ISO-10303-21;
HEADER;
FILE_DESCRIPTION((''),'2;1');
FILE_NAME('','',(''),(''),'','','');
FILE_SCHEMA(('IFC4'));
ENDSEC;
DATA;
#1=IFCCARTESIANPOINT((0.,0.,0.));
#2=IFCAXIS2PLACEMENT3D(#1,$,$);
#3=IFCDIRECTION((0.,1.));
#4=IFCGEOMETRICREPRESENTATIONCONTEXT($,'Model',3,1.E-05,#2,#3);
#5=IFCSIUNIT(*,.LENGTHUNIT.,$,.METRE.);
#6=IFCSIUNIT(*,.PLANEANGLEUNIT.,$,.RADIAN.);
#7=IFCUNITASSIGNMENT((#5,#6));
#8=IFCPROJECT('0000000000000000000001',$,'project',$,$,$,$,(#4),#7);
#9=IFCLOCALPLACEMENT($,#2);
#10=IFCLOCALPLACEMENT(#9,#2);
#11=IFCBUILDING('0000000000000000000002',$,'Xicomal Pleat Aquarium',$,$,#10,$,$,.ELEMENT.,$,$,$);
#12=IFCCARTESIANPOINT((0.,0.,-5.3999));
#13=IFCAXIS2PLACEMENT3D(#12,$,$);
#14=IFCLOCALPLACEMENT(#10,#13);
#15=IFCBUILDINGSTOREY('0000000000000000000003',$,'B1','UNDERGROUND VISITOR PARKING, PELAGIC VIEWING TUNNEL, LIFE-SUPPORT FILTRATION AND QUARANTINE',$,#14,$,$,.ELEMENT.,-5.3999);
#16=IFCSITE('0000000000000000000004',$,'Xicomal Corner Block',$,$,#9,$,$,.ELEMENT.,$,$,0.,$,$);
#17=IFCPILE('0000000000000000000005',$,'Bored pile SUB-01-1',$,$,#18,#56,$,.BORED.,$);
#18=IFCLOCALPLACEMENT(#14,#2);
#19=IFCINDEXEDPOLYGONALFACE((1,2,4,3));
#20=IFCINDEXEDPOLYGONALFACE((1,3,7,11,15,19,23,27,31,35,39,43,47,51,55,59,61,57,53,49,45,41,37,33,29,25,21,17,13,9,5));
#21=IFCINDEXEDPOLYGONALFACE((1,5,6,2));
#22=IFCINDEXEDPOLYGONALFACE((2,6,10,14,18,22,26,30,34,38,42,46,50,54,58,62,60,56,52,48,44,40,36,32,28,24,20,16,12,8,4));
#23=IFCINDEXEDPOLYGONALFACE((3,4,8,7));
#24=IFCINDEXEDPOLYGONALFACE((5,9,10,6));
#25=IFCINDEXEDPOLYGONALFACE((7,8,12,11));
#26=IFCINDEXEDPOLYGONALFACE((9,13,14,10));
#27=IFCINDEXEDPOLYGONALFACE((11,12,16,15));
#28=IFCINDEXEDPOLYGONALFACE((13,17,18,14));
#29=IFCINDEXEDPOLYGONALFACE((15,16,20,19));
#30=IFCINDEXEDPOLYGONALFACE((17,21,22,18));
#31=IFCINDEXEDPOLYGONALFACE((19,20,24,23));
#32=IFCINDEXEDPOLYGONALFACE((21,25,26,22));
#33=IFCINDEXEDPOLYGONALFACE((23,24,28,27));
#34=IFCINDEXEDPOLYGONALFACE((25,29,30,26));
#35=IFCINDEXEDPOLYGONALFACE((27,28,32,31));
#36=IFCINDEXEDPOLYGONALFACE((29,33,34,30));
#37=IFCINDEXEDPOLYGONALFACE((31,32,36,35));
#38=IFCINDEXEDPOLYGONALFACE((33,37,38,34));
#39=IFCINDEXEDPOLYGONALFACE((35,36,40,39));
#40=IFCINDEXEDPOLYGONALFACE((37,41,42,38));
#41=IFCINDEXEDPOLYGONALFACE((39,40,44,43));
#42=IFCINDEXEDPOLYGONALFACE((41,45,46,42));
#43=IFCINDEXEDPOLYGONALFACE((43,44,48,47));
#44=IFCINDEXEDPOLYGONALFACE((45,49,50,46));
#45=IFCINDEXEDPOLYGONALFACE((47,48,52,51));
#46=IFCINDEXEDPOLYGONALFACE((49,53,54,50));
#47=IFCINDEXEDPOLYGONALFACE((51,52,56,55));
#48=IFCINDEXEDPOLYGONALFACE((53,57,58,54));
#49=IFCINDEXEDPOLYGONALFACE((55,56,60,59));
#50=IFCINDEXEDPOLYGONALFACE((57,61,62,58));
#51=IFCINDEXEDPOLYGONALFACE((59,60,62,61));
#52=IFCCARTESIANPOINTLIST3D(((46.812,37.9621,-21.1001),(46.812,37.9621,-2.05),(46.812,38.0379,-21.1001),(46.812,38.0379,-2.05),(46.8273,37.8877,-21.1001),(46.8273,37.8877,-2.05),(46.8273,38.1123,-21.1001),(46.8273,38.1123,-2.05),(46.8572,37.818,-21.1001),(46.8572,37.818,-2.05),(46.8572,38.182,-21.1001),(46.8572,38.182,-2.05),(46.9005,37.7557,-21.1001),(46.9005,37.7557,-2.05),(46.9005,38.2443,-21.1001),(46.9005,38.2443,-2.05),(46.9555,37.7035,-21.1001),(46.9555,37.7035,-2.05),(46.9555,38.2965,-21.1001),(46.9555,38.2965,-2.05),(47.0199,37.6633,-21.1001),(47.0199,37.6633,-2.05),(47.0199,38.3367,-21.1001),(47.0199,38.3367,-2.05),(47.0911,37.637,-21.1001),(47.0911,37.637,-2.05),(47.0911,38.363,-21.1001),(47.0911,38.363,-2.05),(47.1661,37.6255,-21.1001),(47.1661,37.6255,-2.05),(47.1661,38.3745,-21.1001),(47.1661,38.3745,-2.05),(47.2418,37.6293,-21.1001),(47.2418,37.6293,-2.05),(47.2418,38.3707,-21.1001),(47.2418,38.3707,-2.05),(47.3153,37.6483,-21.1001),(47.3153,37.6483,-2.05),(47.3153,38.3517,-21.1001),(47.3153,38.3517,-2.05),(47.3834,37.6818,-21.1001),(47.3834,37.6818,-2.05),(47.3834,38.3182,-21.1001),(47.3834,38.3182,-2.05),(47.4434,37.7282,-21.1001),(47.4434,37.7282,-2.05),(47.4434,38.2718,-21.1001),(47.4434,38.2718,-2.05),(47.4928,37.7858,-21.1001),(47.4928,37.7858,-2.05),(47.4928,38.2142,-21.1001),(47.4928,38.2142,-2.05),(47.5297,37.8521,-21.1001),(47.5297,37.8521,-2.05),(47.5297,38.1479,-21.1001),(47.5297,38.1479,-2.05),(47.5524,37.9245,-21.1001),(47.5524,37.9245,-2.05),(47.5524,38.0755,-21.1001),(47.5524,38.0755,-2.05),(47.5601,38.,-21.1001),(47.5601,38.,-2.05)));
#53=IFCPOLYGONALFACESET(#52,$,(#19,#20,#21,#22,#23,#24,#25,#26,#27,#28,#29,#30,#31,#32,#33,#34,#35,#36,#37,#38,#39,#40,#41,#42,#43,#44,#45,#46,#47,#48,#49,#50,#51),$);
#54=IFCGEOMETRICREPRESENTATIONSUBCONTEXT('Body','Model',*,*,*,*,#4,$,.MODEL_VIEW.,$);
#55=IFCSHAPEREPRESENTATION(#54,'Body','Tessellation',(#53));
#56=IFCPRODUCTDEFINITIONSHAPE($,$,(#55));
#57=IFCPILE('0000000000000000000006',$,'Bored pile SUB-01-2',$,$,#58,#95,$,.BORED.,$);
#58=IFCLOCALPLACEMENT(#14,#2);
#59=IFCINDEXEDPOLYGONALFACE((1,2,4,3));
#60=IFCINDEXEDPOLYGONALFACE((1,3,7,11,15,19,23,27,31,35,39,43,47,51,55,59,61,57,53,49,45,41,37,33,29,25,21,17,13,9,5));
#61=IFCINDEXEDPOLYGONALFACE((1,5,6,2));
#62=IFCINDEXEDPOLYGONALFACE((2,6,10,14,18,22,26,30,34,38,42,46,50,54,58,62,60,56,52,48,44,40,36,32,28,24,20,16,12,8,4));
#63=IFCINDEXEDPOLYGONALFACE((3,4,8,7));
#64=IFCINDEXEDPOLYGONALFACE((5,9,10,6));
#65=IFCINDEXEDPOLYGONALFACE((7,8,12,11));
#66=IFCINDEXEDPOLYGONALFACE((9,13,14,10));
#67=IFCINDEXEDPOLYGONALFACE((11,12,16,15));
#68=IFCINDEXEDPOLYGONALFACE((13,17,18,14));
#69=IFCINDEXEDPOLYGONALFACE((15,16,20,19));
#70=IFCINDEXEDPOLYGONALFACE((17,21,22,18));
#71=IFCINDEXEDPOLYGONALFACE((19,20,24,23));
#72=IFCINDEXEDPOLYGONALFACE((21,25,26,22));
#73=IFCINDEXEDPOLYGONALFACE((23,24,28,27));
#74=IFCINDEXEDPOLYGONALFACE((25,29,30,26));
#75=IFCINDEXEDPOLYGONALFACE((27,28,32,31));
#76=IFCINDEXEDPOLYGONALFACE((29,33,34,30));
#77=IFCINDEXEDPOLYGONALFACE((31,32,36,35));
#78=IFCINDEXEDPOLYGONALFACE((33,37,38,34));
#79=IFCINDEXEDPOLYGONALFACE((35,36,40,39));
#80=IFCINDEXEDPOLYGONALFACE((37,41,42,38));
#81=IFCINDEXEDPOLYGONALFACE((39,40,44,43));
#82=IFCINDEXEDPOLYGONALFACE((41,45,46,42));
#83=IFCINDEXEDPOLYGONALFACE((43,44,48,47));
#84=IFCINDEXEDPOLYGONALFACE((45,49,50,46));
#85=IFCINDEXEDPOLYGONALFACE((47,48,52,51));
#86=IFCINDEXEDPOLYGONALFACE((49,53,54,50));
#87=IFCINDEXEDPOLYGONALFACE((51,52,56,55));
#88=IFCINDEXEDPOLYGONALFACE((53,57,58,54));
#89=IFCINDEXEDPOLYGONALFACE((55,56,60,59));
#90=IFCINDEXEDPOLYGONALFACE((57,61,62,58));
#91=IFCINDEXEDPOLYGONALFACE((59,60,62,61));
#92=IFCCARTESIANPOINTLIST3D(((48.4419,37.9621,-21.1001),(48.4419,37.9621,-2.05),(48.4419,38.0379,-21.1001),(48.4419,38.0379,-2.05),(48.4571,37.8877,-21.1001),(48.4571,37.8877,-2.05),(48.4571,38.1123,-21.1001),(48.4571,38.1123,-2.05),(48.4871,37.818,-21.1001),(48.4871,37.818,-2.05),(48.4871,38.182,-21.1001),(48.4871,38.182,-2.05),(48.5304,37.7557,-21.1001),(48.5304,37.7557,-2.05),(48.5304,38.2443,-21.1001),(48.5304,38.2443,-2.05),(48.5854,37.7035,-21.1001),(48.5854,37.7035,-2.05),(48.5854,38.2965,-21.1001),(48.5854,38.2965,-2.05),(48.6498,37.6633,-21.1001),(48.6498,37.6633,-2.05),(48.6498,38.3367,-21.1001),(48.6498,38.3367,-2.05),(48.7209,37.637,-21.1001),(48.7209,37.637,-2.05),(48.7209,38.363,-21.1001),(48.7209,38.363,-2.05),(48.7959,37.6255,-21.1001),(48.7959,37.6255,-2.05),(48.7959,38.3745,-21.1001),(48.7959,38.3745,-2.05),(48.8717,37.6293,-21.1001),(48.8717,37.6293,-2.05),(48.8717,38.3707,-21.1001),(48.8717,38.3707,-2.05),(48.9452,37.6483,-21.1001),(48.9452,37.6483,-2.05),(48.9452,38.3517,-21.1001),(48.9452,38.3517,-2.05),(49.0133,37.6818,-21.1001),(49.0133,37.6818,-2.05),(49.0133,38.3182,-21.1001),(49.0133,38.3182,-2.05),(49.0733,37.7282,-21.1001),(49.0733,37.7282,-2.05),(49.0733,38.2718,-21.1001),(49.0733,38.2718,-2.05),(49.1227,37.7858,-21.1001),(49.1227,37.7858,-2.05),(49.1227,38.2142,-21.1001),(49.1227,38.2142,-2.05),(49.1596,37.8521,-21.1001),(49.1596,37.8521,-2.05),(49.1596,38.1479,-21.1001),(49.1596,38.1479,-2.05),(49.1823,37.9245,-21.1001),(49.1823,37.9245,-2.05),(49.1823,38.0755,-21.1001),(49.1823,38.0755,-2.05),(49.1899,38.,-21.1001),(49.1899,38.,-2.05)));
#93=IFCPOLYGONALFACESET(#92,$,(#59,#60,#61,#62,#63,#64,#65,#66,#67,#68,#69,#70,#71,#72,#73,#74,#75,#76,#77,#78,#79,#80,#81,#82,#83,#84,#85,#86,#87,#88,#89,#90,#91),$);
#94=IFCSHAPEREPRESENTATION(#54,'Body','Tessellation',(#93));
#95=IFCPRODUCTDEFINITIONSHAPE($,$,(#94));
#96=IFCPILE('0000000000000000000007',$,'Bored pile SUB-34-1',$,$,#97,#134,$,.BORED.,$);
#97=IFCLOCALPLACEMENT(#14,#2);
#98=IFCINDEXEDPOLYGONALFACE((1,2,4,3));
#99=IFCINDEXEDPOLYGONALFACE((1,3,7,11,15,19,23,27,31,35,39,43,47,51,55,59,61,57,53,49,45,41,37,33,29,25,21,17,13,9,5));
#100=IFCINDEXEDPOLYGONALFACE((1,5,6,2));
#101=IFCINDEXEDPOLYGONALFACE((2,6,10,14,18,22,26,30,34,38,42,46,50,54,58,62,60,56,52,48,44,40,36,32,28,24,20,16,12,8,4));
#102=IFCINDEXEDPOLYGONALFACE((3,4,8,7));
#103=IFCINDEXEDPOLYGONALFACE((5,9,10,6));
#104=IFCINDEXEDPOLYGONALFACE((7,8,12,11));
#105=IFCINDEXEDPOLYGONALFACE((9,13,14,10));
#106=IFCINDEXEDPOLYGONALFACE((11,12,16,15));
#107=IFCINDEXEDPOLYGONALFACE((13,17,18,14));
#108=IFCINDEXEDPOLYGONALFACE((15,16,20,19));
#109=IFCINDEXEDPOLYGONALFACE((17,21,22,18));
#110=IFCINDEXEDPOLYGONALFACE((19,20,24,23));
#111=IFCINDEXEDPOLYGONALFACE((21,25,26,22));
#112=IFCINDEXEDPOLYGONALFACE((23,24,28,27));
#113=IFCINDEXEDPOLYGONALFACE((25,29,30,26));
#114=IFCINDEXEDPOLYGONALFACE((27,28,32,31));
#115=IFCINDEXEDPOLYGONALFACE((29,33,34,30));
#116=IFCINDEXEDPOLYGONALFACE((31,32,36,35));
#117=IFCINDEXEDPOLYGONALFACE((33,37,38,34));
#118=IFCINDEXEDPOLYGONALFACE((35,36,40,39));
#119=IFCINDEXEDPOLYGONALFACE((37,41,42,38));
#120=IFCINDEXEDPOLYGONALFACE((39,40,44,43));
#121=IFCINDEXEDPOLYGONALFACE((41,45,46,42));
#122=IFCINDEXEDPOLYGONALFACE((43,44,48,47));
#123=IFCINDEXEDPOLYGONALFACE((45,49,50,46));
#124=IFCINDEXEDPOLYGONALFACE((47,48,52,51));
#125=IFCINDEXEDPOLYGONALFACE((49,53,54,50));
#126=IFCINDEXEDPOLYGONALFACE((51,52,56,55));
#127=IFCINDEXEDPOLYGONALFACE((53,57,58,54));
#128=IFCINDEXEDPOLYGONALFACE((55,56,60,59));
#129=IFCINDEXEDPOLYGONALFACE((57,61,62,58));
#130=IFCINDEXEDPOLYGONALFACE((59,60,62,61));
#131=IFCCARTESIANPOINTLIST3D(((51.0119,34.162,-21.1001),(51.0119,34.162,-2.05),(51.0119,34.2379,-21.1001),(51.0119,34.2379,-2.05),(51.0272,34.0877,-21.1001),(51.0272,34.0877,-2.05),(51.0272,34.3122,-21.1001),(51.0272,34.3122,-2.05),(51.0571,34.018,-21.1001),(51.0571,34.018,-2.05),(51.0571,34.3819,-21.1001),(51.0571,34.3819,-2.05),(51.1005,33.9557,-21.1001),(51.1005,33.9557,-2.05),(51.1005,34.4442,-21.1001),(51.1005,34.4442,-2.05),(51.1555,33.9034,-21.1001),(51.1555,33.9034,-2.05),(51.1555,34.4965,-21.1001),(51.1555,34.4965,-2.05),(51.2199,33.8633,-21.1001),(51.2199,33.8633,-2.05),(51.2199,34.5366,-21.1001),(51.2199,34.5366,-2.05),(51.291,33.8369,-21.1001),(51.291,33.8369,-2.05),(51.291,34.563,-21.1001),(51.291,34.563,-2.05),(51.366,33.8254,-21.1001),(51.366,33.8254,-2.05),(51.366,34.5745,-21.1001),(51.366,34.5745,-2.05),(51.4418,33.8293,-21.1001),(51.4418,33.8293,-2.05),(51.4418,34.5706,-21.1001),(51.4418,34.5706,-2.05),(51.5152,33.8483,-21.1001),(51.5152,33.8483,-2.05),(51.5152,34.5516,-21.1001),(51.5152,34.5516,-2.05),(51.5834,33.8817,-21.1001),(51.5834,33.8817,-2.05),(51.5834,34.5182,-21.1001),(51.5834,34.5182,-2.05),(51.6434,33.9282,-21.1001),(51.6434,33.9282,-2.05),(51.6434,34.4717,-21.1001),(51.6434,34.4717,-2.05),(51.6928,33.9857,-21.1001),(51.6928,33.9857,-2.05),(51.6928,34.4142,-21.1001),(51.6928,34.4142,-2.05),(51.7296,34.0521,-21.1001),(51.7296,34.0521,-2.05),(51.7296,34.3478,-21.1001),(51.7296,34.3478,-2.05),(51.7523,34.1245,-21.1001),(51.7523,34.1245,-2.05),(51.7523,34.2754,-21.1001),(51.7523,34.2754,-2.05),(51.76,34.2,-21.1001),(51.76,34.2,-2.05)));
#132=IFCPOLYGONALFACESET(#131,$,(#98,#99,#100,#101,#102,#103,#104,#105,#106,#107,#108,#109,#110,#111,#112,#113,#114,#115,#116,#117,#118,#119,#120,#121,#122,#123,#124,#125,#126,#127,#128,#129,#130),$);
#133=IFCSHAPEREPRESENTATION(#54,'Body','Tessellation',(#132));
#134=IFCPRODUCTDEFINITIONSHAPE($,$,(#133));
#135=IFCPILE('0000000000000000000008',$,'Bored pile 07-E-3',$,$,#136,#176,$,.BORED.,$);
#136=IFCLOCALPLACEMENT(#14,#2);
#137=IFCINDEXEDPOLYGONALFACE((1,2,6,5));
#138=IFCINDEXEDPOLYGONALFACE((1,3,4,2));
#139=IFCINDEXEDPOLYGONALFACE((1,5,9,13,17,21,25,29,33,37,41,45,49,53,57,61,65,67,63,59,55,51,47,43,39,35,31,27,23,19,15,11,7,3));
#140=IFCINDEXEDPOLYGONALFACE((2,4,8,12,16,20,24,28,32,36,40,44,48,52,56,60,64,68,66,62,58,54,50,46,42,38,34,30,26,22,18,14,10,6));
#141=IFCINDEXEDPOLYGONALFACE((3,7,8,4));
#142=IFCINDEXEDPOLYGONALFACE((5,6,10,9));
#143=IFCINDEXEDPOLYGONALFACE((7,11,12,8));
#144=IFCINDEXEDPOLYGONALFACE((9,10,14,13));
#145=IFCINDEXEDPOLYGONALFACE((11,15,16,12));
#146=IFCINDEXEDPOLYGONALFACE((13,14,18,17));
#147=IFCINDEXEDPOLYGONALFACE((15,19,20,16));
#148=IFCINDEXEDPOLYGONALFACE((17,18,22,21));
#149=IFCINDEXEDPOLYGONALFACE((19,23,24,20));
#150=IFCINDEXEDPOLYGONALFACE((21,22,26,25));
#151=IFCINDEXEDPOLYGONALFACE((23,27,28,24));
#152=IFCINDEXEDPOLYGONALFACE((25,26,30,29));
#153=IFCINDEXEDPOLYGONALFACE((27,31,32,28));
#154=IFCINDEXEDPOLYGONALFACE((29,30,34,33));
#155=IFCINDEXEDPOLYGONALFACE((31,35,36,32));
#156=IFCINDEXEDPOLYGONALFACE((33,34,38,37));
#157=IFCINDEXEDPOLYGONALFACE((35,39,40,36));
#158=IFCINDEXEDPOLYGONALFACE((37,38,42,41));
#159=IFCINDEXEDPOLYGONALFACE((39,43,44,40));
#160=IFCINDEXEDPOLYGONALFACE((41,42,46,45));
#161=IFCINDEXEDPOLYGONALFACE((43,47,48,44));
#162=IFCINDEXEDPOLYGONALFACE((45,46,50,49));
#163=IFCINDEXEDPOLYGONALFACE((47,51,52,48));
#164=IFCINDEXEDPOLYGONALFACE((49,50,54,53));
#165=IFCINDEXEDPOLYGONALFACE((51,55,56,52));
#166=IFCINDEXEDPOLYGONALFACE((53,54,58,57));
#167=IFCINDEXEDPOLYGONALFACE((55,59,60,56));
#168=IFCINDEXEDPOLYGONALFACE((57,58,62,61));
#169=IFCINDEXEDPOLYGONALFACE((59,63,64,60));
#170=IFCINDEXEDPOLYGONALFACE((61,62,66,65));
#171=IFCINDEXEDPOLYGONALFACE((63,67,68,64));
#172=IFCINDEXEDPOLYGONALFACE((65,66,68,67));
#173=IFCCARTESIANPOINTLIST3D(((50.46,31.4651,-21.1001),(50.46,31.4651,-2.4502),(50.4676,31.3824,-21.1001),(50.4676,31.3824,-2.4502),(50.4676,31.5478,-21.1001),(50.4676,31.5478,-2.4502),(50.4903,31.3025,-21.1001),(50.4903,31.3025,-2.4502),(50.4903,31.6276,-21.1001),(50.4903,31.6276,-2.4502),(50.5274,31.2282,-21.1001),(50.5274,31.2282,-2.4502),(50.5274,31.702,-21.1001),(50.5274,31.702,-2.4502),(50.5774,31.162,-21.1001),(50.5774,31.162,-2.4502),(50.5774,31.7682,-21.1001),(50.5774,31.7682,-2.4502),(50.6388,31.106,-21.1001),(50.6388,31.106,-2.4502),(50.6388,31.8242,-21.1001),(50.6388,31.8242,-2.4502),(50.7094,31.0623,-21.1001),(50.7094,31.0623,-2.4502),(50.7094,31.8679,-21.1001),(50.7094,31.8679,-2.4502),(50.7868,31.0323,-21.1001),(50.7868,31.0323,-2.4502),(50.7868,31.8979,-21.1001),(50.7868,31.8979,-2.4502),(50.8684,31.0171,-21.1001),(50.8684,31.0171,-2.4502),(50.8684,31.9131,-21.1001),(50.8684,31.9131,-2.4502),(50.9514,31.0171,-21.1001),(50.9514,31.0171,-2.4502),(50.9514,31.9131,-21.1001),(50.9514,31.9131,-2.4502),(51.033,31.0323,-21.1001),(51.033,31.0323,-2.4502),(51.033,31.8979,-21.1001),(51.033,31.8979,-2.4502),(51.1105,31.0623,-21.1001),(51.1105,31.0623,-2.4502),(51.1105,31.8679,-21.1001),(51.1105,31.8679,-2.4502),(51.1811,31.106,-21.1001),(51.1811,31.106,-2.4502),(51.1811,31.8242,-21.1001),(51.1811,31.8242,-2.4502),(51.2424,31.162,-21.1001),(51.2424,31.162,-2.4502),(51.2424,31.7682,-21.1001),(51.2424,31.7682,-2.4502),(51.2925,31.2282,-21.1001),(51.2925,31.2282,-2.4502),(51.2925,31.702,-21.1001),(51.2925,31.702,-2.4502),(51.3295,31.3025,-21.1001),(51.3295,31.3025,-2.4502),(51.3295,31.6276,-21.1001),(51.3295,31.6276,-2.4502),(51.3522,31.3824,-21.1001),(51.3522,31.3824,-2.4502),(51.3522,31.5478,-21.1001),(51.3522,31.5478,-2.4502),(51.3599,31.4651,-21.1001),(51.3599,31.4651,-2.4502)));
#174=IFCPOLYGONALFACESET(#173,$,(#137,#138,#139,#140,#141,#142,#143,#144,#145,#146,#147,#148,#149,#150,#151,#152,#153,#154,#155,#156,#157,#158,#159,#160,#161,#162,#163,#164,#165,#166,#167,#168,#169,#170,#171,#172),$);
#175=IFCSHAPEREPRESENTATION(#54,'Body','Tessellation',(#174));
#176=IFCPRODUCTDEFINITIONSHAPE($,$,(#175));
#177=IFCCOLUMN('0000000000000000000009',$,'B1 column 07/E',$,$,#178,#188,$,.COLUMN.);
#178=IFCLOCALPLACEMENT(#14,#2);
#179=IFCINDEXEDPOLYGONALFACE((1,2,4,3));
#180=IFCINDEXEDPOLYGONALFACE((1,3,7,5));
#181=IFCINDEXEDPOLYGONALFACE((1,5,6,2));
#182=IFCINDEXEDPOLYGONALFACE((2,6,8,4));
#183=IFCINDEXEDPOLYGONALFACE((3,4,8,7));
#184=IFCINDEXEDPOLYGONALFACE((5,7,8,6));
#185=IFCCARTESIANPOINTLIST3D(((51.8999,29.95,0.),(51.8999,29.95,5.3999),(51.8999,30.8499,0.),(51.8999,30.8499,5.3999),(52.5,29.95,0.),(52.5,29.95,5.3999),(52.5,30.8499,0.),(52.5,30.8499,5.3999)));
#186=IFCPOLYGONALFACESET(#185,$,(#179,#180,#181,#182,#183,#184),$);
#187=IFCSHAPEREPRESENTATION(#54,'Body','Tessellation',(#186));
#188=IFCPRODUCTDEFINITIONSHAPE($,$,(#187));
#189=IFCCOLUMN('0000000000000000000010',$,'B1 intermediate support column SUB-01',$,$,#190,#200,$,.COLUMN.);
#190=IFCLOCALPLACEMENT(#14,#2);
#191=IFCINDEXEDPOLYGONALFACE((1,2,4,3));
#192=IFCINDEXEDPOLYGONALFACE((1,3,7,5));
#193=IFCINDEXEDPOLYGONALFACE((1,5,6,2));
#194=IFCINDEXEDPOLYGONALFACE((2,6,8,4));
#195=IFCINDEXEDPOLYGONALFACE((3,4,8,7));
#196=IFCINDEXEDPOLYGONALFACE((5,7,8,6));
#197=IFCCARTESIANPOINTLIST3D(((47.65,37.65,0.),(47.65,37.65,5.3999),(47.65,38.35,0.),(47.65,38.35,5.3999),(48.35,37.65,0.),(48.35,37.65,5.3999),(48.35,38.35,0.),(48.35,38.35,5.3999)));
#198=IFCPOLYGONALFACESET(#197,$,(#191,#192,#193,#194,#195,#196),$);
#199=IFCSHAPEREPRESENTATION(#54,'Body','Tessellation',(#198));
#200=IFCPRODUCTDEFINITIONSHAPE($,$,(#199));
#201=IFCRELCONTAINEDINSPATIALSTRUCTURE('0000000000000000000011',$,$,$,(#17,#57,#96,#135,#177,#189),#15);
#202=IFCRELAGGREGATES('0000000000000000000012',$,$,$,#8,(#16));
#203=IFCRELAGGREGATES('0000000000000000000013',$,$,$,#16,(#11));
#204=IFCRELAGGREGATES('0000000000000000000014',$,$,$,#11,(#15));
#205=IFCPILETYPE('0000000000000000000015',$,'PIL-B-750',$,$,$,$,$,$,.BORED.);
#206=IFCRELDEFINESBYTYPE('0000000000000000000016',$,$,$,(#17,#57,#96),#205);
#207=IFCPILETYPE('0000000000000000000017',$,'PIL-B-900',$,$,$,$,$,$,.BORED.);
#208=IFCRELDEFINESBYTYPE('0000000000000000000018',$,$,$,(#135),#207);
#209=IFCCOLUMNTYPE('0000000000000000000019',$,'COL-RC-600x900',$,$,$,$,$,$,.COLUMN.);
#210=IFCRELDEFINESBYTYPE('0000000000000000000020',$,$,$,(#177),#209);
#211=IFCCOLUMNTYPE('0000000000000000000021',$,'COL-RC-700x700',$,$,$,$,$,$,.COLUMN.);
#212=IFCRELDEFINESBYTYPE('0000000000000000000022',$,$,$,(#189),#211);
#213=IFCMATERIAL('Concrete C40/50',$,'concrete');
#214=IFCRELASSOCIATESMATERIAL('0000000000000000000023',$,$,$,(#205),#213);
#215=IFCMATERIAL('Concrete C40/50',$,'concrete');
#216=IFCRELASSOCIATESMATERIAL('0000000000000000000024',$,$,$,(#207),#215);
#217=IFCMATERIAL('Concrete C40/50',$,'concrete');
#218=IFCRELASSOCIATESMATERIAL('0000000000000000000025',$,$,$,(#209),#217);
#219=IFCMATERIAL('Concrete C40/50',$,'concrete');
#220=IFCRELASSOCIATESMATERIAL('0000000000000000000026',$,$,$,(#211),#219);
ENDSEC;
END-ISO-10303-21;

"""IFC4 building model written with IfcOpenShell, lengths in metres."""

from ifc_helpers import new_model, si_unit, direction, frame, origin, origin_2d, place, context, subcontext, project, spatial, rectangle, circle, extrude, material, material_profile, profile_set, type_object, element, save


model = new_model("IFC4")

# Units and contexts
model_context = context("Model", 3, precision=1e-05, world=origin(), true_north=direction((0.0, 1.0)))
body_context = subcontext(model_context, "Body", "Model", "MODEL_VIEW")
ifc_project = project(units=[si_unit("LENGTHUNIT", "METRE"), si_unit("PLANEANGLEUNIT", "RADIAN")], contexts=[model_context])

# Site, building, storey
site_placement = place(None, origin())
site = spatial("IfcSite", under=ifc_project, at=site_placement, Name="Xicomal Corner Block", CompositionType="ELEMENT", RefElevation=0.0)
building_placement = place(site_placement, origin())
building = spatial("IfcBuilding", under=site, at=building_placement, Name="Xicomal Pleat Aquarium", CompositionType="ELEMENT")
storey_placement = place(building_placement, frame((0.0, 0.0, -5.3999)))
storey = spatial("IfcBuildingStorey", under=building, at=storey_placement, Name="B1", Description="UNDERGROUND VISITOR PARKING, PELAGIC VIEWING TUNNEL, LIFE-SUPPORT FILTRATION AND QUARANTINE", CompositionType="ELEMENT", Elevation=-5.3999)

# Piles
ifc_material_1 = material(Name="Concrete C40/50", Category="concrete")
ifc_material_profile_1 = material_profile(ifc_material_1, circle(Radius=0.375, at=origin_2d()), Name="BORED PILE D750")
ifc_profile_set_1 = profile_set([ifc_material_profile_1], Name="Concrete C40/50")
pile_type_1 = type_object("IfcPileType", Name="PIL-B-750", PredefinedType="BORED", material=ifc_profile_set_1)
for number, where, z_axis, x_axis, name in (
    (1, (47.1851, 38.0, -2.05), (0.0, 0.0, -1.0), (1.0, 0.0, 0.0), "Bored pile SUB-01-1"),
    (2, (48.8149, 38.0, -2.05), (0.0, 0.0, -1.0), (1.0, 0.0, 0.0), "Bored pile SUB-01-2"),
    (3, (51.385, 34.2, -2.05), (0.0, 0.0, -1.0), (1.0, 0.0, 0.0), "Bored pile SUB-34-1"),
):
    element("IfcPile", number, at=place(storey_placement, frame(where, z_axis=z_axis, x_axis=x_axis)), inside=storey, type_object=pile_type_1, Name=name, PredefinedType="BORED", context=body_context, shape_type="SweptSolid", body=[
        extrude(circle(Radius=0.375, at=origin_2d()), origin(), (0.0, 0.0, 1.0), 19.05),
    ])
ifc_material_2 = material(Name="Concrete C40/50", Category="concrete")
ifc_material_profile_2 = material_profile(ifc_material_2, circle(Radius=0.45, at=origin_2d()), Name="BORED PILE D900")
ifc_profile_set_2 = profile_set([ifc_material_profile_2], Name="Concrete C40/50")
pile_type_2 = type_object("IfcPileType", Name="PIL-B-900", PredefinedType="BORED", material=ifc_profile_set_2)
pile_1_placement = place(storey_placement, frame((50.9099, 31.4651, -2.4502), z_axis=(0.0, 0.0, -1.0), x_axis=(1.0, 0.0, 0.0)))
element("IfcPile", 4, at=pile_1_placement, inside=storey, type_object=pile_type_2, Name="Bored pile 07-E-3", PredefinedType="BORED", context=body_context, shape_type="SweptSolid", body=[
    extrude(circle(Radius=0.45, at=origin_2d()), origin(), (0.0, 0.0, 1.0), 18.6499),
])

# Columns
ifc_material_3 = material(Name="Concrete C40/50", Category="concrete")
ifc_material_profile_3 = material_profile(ifc_material_3, rectangle(XDim=0.6001, YDim=0.8999, at=origin_2d()), Name="RC 600x900")
ifc_profile_set_3 = profile_set([ifc_material_profile_3], Name="Concrete C40/50")
column_type_1 = type_object("IfcColumnType", Name="COL-RC-600x900", PredefinedType="COLUMN", material=ifc_profile_set_3)
column_placement = place(storey_placement, frame((52.2, 30.3999, 0.0), z_axis=(0.0, 0.0, 1.0), x_axis=(1.0, 0.0, 0.0)))
element("IfcColumn", 5, at=column_placement, inside=storey, type_object=column_type_1, Name="B1 column 07/E", PredefinedType="COLUMN", context=body_context, shape_type="SweptSolid", body=[
    extrude(rectangle(XDim=0.6001, YDim=0.8999, at=origin_2d()), origin(), (0.0, 0.0, 1.0), 5.3999),
])
ifc_material_4 = material(Name="Concrete C40/50", Category="concrete")
ifc_material_profile_4 = material_profile(ifc_material_4, rectangle(XDim=0.7, YDim=0.7, at=origin_2d()), Name="RC 700x700")
ifc_profile_set_4 = profile_set([ifc_material_profile_4], Name="Concrete C40/50")
column_type_2 = type_object("IfcColumnType", Name="COL-RC-700x700", PredefinedType="COLUMN", material=ifc_profile_set_4)
for number, where, z_axis, x_axis, name in (
    (6, (48.0, 38.0, 0.0), (0.0, 0.0, 1.0), (1.0, 0.0, 0.0), "B1 intermediate support column SUB-01"),
):
    element("IfcColumn", number, at=place(storey_placement, frame(where, z_axis=z_axis, x_axis=x_axis)), inside=storey, type_object=column_type_2, Name=name, PredefinedType="COLUMN", context=body_context, shape_type="SweptSolid", body=[
        extrude(rectangle(XDim=0.7, YDim=0.7, at=origin_2d()), origin(), (0.0, 0.0, 1.0), 5.3999),
    ])

save(model, "model.ifc")
